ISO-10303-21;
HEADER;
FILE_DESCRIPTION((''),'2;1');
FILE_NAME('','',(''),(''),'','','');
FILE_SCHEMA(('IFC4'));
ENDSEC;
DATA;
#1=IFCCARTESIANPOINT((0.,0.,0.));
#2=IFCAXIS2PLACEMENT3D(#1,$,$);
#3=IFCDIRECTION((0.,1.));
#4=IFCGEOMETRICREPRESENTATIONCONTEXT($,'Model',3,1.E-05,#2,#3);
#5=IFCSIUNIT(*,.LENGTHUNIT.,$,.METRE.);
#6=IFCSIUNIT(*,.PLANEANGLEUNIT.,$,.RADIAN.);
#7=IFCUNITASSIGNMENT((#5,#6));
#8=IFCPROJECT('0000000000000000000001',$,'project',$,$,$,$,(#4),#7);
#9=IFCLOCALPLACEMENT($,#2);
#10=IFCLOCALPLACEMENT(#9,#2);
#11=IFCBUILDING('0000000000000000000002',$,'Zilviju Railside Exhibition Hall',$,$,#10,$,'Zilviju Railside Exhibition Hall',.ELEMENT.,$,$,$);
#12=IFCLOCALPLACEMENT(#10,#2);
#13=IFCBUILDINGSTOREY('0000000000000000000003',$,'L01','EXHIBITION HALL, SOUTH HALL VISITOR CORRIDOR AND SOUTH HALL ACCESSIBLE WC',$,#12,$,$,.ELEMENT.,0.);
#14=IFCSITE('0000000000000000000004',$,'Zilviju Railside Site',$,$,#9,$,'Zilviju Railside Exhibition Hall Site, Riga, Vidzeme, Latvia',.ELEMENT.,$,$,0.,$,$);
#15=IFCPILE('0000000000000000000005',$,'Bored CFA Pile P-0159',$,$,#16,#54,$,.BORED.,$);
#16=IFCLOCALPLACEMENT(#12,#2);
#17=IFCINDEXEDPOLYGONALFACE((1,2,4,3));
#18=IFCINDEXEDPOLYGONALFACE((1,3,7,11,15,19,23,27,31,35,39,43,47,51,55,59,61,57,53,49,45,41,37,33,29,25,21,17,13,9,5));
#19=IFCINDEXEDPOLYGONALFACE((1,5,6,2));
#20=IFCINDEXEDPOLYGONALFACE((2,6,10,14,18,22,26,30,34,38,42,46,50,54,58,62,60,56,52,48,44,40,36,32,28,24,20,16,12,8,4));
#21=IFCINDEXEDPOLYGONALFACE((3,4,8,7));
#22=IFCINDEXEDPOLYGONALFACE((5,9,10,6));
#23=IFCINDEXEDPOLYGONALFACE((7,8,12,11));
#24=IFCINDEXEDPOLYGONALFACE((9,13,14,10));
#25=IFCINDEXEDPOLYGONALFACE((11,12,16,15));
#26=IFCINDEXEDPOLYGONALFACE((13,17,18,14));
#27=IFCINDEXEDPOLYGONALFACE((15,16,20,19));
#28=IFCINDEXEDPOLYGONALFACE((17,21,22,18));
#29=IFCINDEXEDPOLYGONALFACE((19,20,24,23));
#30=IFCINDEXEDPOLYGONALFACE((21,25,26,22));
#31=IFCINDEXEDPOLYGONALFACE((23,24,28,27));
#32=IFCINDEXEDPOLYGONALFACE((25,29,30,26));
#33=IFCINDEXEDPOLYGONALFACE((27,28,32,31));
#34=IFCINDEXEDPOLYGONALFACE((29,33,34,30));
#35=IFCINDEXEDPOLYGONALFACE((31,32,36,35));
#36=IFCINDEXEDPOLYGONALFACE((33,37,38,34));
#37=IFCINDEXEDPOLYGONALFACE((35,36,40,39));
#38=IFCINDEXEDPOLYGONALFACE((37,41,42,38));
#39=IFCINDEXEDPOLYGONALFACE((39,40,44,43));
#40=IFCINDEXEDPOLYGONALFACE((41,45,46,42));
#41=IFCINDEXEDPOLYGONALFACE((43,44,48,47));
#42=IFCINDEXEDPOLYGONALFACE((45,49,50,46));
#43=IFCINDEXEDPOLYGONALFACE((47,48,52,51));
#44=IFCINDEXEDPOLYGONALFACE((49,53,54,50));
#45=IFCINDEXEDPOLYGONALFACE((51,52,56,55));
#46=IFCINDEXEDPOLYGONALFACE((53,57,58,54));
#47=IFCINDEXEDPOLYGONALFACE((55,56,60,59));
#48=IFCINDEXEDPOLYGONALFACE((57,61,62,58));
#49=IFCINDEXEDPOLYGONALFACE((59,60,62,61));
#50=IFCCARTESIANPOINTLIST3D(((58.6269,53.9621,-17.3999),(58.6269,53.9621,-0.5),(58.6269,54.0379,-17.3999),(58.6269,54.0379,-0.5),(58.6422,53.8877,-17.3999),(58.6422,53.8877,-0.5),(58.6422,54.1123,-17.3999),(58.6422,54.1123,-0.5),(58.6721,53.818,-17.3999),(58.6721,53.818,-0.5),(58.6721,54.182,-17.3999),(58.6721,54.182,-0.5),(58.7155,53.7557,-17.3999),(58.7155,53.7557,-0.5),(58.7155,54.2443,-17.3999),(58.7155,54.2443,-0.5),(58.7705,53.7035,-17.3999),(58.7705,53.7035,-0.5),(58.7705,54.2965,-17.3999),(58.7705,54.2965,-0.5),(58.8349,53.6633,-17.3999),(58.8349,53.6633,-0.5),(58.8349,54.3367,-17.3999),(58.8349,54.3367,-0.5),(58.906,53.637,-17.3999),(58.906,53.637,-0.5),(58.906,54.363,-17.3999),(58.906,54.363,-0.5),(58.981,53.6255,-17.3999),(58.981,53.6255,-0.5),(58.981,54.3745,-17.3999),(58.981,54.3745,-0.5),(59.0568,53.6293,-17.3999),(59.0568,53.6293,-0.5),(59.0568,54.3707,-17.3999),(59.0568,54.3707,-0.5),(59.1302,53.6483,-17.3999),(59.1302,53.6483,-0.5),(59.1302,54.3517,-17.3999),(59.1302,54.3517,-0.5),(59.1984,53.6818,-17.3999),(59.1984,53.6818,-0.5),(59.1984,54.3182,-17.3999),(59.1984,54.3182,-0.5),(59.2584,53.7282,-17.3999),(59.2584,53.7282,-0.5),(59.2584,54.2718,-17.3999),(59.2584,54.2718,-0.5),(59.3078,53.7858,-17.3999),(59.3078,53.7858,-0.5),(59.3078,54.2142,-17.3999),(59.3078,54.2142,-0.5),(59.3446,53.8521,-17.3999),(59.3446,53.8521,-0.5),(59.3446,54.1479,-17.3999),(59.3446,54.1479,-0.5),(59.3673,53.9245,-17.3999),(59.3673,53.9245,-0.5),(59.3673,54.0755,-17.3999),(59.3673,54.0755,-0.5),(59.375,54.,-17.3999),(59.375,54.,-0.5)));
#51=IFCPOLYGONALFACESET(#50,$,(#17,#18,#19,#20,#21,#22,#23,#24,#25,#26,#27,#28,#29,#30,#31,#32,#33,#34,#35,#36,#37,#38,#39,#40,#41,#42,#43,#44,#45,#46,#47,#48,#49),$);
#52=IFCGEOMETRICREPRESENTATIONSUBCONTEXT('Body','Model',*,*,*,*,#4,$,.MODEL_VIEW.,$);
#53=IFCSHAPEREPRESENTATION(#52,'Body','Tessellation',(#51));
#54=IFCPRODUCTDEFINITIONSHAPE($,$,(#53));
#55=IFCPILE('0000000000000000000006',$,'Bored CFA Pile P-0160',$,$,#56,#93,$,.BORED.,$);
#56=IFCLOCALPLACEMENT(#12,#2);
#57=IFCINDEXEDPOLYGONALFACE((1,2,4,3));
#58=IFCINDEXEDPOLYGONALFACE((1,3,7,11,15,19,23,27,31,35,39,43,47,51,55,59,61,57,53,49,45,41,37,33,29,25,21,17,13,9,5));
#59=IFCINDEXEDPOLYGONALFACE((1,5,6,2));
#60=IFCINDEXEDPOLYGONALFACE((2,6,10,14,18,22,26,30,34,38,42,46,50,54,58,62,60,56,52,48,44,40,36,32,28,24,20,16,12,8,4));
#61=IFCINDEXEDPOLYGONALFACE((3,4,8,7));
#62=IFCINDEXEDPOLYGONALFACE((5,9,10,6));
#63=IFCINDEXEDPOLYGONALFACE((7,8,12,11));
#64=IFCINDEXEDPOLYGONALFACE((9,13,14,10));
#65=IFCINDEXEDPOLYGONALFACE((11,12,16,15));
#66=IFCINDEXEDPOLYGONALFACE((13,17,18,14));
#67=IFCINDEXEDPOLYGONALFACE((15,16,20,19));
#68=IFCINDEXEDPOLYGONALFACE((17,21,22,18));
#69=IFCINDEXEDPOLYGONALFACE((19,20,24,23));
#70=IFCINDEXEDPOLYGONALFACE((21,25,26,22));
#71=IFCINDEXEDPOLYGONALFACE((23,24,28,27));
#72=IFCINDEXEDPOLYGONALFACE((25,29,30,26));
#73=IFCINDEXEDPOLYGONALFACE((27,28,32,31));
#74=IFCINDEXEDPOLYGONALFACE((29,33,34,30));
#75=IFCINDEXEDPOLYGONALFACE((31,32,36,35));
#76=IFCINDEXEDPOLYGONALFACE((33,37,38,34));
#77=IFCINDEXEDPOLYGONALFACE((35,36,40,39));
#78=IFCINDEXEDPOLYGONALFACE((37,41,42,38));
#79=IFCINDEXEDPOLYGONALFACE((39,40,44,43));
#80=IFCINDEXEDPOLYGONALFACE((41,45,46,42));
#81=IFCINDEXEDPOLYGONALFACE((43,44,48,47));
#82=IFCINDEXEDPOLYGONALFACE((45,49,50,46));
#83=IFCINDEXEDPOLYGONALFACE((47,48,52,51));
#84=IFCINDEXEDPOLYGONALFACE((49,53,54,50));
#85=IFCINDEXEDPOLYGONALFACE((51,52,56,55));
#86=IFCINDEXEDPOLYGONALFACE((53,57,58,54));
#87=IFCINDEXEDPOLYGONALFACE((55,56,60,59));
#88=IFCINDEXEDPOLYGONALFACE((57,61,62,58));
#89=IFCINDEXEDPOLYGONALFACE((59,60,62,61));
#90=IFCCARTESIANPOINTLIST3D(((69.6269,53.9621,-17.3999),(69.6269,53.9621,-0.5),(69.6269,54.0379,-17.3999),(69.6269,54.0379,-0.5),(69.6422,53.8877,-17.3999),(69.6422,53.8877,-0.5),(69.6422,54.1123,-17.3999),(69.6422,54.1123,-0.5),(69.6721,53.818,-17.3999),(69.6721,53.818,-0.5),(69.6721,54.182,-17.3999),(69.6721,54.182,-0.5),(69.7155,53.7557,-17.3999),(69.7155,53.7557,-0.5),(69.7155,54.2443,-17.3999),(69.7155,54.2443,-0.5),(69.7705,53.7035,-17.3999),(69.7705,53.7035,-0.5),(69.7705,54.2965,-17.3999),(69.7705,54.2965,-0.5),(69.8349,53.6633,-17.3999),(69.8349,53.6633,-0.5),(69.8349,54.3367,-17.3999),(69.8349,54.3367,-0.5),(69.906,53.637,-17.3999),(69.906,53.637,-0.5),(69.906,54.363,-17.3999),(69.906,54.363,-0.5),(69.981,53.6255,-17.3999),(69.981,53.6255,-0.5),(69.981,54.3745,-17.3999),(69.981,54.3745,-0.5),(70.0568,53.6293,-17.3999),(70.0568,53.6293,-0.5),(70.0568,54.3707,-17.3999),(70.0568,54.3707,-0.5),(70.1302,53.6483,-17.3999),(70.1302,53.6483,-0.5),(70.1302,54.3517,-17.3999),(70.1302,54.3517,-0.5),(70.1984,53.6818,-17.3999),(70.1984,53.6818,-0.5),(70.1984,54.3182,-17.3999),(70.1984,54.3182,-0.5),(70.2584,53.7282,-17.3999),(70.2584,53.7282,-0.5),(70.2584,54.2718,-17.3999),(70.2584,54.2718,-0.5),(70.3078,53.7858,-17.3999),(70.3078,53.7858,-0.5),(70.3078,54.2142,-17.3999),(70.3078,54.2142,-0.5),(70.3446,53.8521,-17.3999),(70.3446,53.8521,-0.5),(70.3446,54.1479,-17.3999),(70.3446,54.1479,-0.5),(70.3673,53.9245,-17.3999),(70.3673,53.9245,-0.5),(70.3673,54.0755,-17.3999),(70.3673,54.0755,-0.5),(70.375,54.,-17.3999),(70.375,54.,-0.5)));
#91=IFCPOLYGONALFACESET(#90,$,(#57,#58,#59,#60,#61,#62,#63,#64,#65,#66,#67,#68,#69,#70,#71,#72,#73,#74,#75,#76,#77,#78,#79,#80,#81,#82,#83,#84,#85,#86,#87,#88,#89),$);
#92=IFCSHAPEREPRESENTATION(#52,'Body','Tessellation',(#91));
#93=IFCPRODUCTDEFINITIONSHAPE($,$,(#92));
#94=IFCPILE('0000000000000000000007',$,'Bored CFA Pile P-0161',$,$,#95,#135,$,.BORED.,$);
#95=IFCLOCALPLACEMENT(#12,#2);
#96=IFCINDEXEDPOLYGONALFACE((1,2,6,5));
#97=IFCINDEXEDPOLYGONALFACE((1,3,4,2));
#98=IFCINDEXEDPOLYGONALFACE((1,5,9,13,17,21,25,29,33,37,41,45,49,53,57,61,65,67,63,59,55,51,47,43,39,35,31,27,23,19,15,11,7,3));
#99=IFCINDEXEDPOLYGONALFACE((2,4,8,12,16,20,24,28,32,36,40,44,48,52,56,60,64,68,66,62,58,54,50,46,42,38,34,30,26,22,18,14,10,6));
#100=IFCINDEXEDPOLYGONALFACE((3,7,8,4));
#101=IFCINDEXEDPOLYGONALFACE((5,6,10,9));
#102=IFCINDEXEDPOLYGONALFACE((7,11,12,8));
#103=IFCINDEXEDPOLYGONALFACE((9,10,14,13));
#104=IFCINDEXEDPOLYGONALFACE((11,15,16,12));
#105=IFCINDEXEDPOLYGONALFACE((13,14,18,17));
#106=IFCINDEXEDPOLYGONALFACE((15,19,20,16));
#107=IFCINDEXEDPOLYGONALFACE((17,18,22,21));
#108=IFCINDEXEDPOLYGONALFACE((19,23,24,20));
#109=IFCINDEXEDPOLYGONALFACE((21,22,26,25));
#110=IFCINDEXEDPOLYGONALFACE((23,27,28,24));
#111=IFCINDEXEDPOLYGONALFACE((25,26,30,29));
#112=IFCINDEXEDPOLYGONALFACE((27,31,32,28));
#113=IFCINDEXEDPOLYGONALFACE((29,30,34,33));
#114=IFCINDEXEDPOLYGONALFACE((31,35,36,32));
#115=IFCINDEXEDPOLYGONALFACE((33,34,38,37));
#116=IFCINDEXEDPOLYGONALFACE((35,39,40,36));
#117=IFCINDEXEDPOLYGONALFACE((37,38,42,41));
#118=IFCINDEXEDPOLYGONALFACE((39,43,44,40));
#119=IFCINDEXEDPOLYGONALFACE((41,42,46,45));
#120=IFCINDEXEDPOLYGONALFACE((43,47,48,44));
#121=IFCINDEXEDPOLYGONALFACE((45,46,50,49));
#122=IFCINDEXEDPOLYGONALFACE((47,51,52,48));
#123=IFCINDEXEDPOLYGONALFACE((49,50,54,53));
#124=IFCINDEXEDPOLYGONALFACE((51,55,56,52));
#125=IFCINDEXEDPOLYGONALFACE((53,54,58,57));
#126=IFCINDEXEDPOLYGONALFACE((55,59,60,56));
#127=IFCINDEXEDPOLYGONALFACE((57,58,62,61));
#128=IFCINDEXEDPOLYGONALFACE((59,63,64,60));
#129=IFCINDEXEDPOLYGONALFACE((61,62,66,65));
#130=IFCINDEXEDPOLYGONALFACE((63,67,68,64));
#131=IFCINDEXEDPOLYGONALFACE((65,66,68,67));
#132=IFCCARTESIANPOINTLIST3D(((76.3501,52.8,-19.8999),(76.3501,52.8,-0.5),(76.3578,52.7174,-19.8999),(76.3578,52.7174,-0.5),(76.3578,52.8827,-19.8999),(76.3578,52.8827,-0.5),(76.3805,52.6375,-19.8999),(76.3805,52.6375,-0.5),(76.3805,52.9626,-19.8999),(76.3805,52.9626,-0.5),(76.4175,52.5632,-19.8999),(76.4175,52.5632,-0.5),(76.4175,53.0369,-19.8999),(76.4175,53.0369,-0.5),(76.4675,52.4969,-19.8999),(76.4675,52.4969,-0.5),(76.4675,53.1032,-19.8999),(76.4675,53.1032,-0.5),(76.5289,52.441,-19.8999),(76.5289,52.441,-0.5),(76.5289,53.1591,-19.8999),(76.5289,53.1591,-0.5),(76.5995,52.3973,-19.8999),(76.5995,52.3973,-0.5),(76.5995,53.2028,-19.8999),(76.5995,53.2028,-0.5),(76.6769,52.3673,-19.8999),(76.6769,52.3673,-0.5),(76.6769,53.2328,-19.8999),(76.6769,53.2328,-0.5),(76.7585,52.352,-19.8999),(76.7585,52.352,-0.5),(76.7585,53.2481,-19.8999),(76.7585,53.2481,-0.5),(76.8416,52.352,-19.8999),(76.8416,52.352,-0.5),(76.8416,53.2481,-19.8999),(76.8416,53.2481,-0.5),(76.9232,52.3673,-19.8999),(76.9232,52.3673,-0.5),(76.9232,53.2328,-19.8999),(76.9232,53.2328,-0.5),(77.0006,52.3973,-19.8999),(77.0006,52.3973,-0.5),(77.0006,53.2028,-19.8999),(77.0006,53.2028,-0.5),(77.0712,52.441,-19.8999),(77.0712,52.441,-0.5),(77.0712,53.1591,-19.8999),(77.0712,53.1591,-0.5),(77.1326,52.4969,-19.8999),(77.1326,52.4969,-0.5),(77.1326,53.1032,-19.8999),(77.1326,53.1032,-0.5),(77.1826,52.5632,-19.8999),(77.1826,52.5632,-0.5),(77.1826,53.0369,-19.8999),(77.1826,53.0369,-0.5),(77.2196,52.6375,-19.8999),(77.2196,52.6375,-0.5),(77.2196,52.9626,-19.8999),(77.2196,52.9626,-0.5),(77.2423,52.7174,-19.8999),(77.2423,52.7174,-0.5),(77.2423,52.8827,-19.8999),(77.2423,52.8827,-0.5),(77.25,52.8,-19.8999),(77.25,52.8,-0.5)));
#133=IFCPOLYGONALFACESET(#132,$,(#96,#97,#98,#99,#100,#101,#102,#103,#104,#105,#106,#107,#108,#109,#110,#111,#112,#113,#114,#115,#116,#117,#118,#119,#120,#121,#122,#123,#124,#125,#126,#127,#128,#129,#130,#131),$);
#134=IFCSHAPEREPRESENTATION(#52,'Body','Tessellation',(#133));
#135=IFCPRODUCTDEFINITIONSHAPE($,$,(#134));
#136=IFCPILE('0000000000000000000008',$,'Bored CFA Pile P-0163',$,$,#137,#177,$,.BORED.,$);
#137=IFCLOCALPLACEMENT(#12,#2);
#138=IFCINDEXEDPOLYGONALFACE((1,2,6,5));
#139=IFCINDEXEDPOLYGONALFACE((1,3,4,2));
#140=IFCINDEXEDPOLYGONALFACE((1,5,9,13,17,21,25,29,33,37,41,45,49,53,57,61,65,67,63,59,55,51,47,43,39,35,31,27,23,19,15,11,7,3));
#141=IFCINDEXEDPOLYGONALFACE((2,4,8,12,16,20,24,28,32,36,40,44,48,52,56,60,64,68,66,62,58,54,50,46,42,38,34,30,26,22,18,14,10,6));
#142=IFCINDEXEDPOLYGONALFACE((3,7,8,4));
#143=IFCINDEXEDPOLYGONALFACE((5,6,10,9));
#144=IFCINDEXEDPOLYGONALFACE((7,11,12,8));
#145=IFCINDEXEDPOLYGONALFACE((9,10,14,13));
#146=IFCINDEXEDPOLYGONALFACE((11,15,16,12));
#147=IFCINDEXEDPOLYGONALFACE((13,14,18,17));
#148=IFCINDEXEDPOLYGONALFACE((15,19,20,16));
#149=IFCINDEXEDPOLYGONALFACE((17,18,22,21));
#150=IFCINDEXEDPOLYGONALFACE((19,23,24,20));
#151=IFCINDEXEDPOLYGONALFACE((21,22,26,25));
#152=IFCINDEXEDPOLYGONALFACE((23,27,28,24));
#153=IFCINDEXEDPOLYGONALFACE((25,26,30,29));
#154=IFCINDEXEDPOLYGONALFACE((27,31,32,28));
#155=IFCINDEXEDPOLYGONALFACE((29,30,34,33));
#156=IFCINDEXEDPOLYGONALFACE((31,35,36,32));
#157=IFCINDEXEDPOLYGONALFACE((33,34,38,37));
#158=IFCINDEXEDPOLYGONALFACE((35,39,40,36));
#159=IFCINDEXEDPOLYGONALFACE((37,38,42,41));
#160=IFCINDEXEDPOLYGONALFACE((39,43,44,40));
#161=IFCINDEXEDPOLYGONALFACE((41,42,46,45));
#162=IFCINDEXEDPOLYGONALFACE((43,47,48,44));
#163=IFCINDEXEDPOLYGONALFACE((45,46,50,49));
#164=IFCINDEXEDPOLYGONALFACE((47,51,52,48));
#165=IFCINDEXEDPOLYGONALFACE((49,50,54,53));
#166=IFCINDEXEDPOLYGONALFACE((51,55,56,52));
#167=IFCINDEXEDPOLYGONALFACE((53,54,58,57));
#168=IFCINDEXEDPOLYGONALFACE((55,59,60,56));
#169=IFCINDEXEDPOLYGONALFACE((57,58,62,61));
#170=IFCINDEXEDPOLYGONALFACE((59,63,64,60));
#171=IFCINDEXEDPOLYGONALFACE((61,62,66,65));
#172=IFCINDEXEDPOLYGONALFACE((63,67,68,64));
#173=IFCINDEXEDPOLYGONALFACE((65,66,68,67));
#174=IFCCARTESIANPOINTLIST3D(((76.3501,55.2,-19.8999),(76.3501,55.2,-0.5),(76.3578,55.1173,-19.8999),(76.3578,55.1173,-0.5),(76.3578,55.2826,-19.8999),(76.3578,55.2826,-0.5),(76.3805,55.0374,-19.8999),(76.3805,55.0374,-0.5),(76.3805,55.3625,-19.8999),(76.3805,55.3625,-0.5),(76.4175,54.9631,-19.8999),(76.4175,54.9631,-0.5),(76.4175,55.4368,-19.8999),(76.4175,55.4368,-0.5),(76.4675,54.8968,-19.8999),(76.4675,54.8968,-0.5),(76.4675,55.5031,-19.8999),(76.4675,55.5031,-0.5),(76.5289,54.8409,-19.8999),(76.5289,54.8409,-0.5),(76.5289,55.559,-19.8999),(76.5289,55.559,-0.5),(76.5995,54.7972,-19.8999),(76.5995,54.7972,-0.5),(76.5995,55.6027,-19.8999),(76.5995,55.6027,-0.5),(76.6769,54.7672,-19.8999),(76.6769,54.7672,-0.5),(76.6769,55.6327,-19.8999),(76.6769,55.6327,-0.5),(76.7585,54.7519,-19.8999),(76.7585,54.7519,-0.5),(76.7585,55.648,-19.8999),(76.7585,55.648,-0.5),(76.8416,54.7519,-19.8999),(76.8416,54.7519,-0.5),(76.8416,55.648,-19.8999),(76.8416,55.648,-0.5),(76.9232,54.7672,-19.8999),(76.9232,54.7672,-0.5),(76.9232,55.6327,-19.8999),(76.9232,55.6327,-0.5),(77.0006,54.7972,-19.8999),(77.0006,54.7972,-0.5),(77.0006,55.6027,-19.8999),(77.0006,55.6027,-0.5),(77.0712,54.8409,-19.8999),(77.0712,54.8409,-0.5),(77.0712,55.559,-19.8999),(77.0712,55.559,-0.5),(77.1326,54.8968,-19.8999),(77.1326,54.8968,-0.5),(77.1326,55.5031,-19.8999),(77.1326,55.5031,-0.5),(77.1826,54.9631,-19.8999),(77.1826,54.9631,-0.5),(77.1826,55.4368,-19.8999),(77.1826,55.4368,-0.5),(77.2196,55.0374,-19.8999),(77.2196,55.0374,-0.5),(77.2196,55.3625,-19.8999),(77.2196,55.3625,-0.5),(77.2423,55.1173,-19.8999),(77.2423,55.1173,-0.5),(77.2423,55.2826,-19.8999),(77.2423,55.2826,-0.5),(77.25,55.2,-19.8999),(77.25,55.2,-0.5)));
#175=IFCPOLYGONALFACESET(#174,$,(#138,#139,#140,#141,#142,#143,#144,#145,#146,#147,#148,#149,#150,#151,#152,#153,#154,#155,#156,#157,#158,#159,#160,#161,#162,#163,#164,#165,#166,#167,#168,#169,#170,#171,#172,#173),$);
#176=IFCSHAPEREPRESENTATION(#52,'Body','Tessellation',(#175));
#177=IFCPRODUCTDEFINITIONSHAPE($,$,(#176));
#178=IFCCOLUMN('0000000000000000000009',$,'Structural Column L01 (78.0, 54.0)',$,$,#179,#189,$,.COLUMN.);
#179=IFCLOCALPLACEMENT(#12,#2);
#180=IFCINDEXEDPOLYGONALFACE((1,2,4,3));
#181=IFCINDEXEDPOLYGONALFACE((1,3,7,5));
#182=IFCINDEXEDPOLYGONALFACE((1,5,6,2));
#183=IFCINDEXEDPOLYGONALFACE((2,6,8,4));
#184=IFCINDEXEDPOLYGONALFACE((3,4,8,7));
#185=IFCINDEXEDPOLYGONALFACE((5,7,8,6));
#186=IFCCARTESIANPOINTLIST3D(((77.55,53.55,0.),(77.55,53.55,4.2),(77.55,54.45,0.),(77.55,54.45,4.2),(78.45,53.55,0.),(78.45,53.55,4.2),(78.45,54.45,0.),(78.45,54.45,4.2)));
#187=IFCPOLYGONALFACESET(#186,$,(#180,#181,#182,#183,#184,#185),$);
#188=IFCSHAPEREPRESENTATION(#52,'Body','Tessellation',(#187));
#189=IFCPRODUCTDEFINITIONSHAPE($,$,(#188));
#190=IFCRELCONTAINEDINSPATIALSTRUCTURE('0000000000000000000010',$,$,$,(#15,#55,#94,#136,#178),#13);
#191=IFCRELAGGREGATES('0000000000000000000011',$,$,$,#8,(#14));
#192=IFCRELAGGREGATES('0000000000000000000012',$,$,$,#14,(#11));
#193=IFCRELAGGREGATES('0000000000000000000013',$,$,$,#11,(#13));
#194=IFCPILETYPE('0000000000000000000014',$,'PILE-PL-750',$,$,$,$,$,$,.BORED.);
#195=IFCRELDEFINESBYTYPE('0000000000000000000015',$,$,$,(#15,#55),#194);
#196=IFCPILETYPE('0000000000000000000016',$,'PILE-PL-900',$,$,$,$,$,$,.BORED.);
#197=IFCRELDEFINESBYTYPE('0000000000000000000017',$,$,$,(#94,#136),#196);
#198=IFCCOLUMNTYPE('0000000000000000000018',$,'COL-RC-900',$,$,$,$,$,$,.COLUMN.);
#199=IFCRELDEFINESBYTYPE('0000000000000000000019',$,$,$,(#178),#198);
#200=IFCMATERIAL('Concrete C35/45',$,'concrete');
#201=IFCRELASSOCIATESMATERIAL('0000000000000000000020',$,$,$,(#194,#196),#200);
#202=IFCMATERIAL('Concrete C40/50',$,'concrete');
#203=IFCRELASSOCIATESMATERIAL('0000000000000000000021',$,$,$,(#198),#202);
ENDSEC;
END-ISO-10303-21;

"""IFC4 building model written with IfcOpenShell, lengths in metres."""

from ifc_helpers import new_model, si_unit, direction, frame, origin, origin_2d, place, context, subcontext, project, spatial, rectangle, circle, extrude, material, material_profile, profile_set, type_object, element, save


model = new_model("IFC4")

# Units and contexts
model_context = context("Model", 3, precision=1e-05, world=origin(), true_north=direction((0.0, 1.0)))
body_context = subcontext(model_context, "Body", "Model", "MODEL_VIEW")
ifc_project = project(units=[si_unit("LENGTHUNIT", "METRE"), si_unit("PLANEANGLEUNIT", "RADIAN")], contexts=[model_context])

# Site, building, storey
site_placement = place(None, origin())
site = spatial("IfcSite", under=ifc_project, at=site_placement, Name="Zilviju Railside Site", LongName="Zilviju Railside Exhibition Hall Site, Riga, Vidzeme, Latvia", CompositionType="ELEMENT", RefElevation=0.0)
building_placement = place(site_placement, origin())
building = spatial("IfcBuilding", under=site, at=building_placement, Name="Zilviju Railside Exhibition Hall", LongName="Zilviju Railside Exhibition Hall", CompositionType="ELEMENT")
storey_placement = place(building_placement, origin())
storey = spatial("IfcBuildingStorey", under=building, at=storey_placement, Name="L01", Description="EXHIBITION HALL, SOUTH HALL VISITOR CORRIDOR AND SOUTH HALL ACCESSIBLE WC", CompositionType="ELEMENT", Elevation=0.0)

# Shared definitions
ifc_material_1 = material(Name="Concrete C35/45", Category="concrete")

# Piles
ifc_material_profile_1 = material_profile(ifc_material_1, circle(Radius=0.375, at=origin_2d()), Name="CFA PILE D750")
ifc_profile_set_1 = profile_set([ifc_material_profile_1], Name="Concrete C35/45")
pile_type_1 = type_object("IfcPileType", Name="PILE-PL-750", PredefinedType="BORED", material=ifc_profile_set_1)
for number, where, z_axis, x_axis, name in (
    (1, (59.0, 54.0, -0.5), (0.0, 0.0, -1.0), (1.0, 0.0, 0.0), "Bored CFA Pile P-0159"),
    (2, (70.0, 54.0, -0.5), (0.0, 0.0, -1.0), (1.0, 0.0, 0.0), "Bored CFA Pile P-0160"),
):
    element("IfcPile", number, at=place(storey_placement, frame(where, z_axis=z_axis, x_axis=x_axis)), inside=storey, type_object=pile_type_1, Name=name, PredefinedType="BORED", context=body_context, shape_type="SweptSolid", body=[
        extrude(circle(Radius=0.375, at=origin_2d()), origin(), (0.0, 0.0, 1.0), 16.8999),
    ])
ifc_material_profile_2 = material_profile(ifc_material_1, circle(Radius=0.45, at=origin_2d()), Name="CFA PILE D900")
ifc_profile_set_2 = profile_set([ifc_material_profile_2], Name="Concrete C35/45")
pile_type_2 = type_object("IfcPileType", Name="PILE-PL-900", PredefinedType="BORED", material=ifc_profile_set_2)
for number, where, z_axis, x_axis, name in (
    (3, (76.8, 52.8, -0.5), (0.0, 0.0, -1.0), (1.0, 0.0, 0.0), "Bored CFA Pile P-0161"),
    (4, (76.8, 55.2, -0.5), (0.0, 0.0, -1.0), (1.0, 0.0, 0.0), "Bored CFA Pile P-0163"),
):
    element("IfcPile", number, at=place(storey_placement, frame(where, z_axis=z_axis, x_axis=x_axis)), inside=storey, type_object=pile_type_2, Name=name, PredefinedType="BORED", context=body_context, shape_type="SweptSolid", body=[
        extrude(circle(Radius=0.45, at=origin_2d()), origin(), (0.0, 0.0, 1.0), 19.3999),
    ])

# Column
ifc_material_2 = material(Name="Concrete C40/50", Category="concrete")
ifc_material_profile_3 = material_profile(ifc_material_2, rectangle(XDim=0.8999, YDim=0.8999, at=origin_2d()), Name="RC COL 900x900")
ifc_profile_set_3 = profile_set([ifc_material_profile_3], Name="Concrete C40/50")
column_type_1 = type_object("IfcColumnType", Name="COL-RC-900", PredefinedType="COLUMN", material=ifc_profile_set_3)
column_placement = place(storey_placement, frame((78.0, 54.0, 0.0), z_axis=(0.0, 0.0, 1.0), x_axis=(1.0, 0.0, 0.0)))
element("IfcColumn", 5, at=column_placement, inside=storey, type_object=column_type_1, Name="Structural Column L01 (78.0, 54.0)", PredefinedType="COLUMN", context=body_context, shape_type="SweptSolid", body=[
    extrude(rectangle(XDim=0.8999, YDim=0.8999, at=origin_2d()), origin(), (0.0, 0.0, 1.0), 4.2),
])

save(model, "model.ifc")
